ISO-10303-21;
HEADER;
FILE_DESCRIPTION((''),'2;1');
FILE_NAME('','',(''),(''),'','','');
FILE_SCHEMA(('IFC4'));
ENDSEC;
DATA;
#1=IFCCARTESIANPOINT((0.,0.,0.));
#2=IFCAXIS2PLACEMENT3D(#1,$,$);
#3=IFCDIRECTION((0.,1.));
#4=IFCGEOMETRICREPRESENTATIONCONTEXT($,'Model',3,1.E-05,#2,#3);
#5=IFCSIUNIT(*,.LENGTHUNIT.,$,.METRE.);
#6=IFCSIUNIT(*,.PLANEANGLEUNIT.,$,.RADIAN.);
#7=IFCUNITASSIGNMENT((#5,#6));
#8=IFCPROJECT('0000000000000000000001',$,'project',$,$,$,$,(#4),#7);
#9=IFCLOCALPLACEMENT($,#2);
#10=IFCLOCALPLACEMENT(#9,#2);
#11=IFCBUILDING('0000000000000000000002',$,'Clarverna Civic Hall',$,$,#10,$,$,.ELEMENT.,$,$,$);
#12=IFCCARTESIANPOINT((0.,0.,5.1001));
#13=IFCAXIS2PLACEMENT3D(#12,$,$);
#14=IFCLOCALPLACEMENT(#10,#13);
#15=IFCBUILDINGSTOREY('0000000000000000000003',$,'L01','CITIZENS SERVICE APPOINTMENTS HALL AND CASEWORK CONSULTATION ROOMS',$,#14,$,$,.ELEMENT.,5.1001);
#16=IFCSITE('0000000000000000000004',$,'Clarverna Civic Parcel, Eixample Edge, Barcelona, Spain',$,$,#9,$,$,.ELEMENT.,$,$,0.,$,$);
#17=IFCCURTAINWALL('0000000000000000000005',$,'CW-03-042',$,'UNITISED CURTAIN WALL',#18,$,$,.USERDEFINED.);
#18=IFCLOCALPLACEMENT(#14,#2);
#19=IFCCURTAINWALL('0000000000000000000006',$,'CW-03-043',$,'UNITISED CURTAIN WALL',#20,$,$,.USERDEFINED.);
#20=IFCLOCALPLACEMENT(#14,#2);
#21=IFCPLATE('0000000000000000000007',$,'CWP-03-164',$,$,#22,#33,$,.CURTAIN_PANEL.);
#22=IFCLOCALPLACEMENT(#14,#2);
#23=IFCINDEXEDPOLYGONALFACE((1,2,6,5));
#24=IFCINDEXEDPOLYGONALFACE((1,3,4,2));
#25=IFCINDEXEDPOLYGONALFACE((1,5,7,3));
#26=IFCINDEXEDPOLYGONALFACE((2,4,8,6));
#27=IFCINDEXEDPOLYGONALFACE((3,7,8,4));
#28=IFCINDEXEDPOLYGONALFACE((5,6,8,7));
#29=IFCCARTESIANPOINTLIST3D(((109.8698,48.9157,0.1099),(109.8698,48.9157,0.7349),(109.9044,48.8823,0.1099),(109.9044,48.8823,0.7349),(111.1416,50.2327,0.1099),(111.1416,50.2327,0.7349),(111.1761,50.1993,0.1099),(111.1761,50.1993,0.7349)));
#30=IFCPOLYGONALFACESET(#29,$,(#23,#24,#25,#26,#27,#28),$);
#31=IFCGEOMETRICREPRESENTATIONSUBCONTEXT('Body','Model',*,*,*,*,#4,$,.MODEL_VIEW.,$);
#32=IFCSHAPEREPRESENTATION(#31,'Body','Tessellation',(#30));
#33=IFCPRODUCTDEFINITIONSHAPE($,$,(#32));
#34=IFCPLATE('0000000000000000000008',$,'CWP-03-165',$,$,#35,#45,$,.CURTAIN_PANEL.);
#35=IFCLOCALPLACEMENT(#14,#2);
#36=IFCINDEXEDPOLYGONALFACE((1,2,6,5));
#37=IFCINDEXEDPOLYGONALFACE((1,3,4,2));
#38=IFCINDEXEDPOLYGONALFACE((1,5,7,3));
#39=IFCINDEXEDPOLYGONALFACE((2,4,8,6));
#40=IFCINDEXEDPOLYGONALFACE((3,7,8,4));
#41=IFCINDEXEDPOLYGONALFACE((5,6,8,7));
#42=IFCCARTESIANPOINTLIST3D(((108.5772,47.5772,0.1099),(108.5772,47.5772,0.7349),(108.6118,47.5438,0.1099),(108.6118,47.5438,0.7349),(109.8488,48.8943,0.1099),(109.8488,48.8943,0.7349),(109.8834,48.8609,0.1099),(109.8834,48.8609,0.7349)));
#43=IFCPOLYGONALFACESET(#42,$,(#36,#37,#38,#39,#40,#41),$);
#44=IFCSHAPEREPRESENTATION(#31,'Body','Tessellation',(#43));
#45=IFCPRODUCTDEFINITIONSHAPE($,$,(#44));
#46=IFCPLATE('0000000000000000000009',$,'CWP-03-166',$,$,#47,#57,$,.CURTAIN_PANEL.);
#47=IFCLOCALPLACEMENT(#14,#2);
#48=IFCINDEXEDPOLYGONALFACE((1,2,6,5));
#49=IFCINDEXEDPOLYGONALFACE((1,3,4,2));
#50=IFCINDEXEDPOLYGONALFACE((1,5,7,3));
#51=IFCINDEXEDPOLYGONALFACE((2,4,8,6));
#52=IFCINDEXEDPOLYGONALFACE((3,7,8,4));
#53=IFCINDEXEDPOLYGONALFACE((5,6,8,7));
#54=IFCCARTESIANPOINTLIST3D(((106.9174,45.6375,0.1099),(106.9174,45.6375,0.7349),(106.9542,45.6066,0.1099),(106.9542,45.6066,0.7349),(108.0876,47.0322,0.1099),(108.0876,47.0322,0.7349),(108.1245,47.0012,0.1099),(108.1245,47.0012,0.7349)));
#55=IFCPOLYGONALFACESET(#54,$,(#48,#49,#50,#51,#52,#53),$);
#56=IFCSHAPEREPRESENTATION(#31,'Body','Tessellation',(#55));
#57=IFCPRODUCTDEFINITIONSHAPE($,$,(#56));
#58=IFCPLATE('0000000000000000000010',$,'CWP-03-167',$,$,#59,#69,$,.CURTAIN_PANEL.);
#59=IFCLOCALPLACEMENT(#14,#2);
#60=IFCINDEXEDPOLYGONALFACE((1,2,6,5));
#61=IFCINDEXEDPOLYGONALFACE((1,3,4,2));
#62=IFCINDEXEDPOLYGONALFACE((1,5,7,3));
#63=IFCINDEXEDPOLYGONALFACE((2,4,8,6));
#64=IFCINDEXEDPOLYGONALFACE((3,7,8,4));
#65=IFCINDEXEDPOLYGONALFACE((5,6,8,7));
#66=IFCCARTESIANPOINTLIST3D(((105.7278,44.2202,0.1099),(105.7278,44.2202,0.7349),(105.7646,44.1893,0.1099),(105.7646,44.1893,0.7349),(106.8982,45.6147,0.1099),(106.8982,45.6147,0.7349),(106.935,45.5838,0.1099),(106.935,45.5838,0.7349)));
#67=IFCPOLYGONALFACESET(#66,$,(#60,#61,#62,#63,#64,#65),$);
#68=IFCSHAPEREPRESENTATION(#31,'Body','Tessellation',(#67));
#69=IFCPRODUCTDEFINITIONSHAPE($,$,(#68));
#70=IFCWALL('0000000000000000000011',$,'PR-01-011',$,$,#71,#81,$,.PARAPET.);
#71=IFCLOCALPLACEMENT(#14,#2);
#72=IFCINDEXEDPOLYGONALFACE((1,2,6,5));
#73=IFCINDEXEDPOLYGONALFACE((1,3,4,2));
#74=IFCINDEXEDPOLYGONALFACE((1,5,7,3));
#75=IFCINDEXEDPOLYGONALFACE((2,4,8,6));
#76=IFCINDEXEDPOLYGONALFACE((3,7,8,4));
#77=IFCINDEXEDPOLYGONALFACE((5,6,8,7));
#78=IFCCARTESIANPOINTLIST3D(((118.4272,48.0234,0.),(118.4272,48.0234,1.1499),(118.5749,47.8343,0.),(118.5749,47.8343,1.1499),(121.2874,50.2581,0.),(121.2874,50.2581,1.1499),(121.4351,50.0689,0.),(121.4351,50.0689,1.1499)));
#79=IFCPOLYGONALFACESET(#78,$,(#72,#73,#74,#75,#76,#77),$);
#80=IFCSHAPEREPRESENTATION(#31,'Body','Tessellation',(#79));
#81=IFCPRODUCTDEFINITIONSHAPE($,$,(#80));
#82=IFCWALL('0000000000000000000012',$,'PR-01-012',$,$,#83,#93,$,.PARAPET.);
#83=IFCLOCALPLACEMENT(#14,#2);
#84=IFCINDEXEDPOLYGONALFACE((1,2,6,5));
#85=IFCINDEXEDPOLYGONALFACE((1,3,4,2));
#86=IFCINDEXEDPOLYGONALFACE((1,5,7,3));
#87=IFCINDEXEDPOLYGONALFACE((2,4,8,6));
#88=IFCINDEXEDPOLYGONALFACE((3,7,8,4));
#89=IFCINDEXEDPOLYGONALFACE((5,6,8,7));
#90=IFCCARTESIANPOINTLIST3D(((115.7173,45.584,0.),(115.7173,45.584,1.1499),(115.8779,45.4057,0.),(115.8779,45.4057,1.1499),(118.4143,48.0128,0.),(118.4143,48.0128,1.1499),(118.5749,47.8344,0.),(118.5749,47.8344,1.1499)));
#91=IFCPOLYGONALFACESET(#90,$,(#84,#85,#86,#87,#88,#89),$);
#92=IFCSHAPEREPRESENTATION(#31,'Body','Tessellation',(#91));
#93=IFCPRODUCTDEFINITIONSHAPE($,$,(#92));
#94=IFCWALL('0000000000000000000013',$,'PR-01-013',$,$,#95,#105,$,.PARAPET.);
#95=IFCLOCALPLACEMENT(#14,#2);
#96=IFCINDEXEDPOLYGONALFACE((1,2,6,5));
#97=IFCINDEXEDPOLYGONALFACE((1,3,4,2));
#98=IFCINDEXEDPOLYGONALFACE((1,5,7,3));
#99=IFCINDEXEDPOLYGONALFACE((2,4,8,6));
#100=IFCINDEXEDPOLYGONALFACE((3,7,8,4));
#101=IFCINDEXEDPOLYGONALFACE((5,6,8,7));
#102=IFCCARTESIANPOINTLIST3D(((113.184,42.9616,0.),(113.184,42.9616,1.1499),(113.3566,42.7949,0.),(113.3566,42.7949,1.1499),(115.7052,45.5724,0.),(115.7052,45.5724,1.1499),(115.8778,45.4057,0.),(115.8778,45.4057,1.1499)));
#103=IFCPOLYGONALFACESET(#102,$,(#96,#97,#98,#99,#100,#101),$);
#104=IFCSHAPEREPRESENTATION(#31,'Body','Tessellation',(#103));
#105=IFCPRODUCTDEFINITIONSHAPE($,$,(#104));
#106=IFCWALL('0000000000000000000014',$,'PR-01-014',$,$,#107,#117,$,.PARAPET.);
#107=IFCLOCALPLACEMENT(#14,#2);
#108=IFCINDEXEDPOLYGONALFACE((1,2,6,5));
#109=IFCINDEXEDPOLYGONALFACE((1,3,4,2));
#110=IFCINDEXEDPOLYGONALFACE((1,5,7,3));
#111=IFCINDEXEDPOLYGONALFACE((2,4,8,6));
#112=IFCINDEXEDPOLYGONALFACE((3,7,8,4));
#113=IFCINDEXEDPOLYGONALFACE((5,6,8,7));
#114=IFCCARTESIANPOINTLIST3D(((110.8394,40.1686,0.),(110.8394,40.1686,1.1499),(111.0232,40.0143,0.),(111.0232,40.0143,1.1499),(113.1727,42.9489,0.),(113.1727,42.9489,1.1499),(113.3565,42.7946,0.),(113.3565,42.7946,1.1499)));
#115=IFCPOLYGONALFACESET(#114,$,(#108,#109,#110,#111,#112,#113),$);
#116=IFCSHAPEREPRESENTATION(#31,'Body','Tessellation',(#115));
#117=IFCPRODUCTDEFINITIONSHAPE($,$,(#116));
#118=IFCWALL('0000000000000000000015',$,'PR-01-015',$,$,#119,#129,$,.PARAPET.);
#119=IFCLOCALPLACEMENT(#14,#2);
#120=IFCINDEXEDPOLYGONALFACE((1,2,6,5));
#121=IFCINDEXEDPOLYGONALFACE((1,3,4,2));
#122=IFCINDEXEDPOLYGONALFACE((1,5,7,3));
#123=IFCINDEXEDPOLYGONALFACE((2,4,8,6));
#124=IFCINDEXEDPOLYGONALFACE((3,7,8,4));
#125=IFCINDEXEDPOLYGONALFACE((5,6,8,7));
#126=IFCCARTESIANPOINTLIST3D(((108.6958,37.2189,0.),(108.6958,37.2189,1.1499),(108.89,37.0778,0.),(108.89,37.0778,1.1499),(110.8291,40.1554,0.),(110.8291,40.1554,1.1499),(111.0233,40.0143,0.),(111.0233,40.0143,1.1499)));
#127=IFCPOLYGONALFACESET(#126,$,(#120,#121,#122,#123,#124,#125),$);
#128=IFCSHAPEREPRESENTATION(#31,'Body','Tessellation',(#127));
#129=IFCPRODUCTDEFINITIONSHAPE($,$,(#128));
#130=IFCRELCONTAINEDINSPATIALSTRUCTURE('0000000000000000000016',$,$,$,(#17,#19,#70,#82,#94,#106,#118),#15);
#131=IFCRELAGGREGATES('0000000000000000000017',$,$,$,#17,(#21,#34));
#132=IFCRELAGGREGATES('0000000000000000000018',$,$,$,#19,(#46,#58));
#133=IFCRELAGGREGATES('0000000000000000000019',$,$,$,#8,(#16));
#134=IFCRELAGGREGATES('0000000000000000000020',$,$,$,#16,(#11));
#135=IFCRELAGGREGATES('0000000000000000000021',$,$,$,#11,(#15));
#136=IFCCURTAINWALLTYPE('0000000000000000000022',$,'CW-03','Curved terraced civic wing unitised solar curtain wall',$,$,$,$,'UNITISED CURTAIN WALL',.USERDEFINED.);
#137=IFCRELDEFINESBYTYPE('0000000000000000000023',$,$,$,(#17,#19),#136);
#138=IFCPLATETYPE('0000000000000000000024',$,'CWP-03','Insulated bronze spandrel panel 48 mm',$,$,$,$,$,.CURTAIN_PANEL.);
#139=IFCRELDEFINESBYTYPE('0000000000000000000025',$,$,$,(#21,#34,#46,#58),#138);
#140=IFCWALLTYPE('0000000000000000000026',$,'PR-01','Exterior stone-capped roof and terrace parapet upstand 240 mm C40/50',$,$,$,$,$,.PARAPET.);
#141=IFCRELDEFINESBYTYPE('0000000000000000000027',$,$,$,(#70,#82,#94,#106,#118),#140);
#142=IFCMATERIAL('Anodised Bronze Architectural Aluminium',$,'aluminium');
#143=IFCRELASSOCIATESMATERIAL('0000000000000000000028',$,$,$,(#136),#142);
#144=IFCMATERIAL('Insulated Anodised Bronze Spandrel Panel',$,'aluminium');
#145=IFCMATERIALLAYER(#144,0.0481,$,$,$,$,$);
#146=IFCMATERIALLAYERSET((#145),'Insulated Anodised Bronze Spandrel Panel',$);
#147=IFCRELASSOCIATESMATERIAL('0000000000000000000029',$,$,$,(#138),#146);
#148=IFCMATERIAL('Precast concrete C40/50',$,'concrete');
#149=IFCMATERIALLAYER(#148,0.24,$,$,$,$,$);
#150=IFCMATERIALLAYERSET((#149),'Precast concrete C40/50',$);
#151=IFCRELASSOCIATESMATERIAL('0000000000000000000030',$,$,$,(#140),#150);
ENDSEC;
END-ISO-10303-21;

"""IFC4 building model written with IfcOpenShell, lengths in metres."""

from ifc_helpers import new_model, si_unit, direction, frame, frame_2d, origin, place, context, subcontext, project, spatial, rectangle, extrude, material, layer, layer_set, type_object, element, aggregate, save


model = new_model("IFC4")

# Units and contexts
model_context = context("Model", 3, precision=1e-05, world=origin(), true_north=direction((0.0, 1.0)))
body_context = subcontext(model_context, "Body", "Model", "MODEL_VIEW")
ifc_project = project(units=[si_unit("LENGTHUNIT", "METRE"), si_unit("PLANEANGLEUNIT", "RADIAN")], contexts=[model_context])

# Site, building, storey
site_placement = place(None, origin())
site = spatial("IfcSite", under=ifc_project, at=site_placement, Name="Clarverna Civic Parcel, Eixample Edge, Barcelona, Spain", CompositionType="ELEMENT", RefElevation=0.0)
building_placement = place(site_placement, origin())
building = spatial("IfcBuilding", under=site, at=building_placement, Name="Clarverna Civic Hall", CompositionType="ELEMENT")
storey_placement = place(building_placement, frame((0.0, 0.0, 5.1001)))
storey = spatial("IfcBuildingStorey", under=building, at=storey_placement, Name="L01", Description="CITIZENS SERVICE APPOINTMENTS HALL AND CASEWORK CONSULTATION ROOMS", CompositionType="ELEMENT", Elevation=5.1001)

# Shared definitions
ifc_material_1 = material(Name="Anodised Bronze Architectural Aluminium", Category="aluminium")
curtain_wall_type = type_object("IfcCurtainWallType", Name="CW-03", Description="Curved terraced civic wing unitised solar curtain wall", ElementType="UNITISED CURTAIN WALL", PredefinedType="USERDEFINED", material=ifc_material_1)

# Curtain walls
curtain_wall_1_placement = place(storey_placement, origin())
curtain_wall_1 = element("IfcCurtainWall", 1, at=curtain_wall_1_placement, inside=storey, type_object=curtain_wall_type, Name="CW-03-042", ObjectType="UNITISED CURTAIN WALL", PredefinedType="USERDEFINED")
curtain_wall_2_placement = place(storey_placement, origin())
curtain_wall_2 = element("IfcCurtainWall", 2, at=curtain_wall_2_placement, inside=storey, type_object=curtain_wall_type, Name="CW-03-043", ObjectType="UNITISED CURTAIN WALL", PredefinedType="USERDEFINED")

# Plates
ifc_material_2 = material(Name="Insulated Anodised Bronze Spandrel Panel", Category="aluminium")
ifc_layer_1 = layer(ifc_material_2, 0.0481)
ifc_layer_set_1 = layer_set([ifc_layer_1], Name="Insulated Anodised Bronze Spandrel Panel")
plate_type_1 = type_object("IfcPlateType", Name="CWP-03", Description="Insulated bronze spandrel panel 48 mm", PredefinedType="CURTAIN_PANEL", material=ifc_layer_set_1)
plate_1_placement = place(storey_placement, frame((111.1589, 50.2161, 0.1099), z_axis=(0.0, 0.0, 1.0), x_axis=(-0.694664, -0.719335, 0.0)))
plate_1 = element("IfcPlate", 3, at=plate_1_placement, type_object=plate_type_1, Name="CWP-03-164", PredefinedType="CURTAIN_PANEL", context=body_context, shape_type="SweptSolid", body=[
    extrude(rectangle(XDim=1.8308, YDim=0.0481, at=frame_2d((0.9155, 0.0))), origin(), (0.0, 0.0, 1.0), 0.625),
])
plate_2_placement = place(storey_placement, frame((109.8662, 48.8777, 0.1099), z_axis=(0.0, 0.0, 1.0), x_axis=(-0.694597, -0.719399, 0.0)))
plate_2 = element("IfcPlate", 4, at=plate_2_placement, type_object=plate_type_1, Name="CWP-03-165", PredefinedType="CURTAIN_PANEL", context=body_context, shape_type="SweptSolid", body=[
    extrude(rectangle(XDim=1.8308, YDim=0.0481, at=frame_2d((0.9155, 0.0))), origin(), (0.0, 0.0, 1.0), 0.625),
])
aggregate(curtain_wall_1, [plate_1, plate_2])
plate_3_placement = place(storey_placement, frame((108.106, 47.0166, 0.1099), z_axis=(0.0, 0.0, 1.0), x_axis=(-0.642793, -0.76604, 0.0)))
plate_3 = element("IfcPlate", 5, at=plate_3_placement, type_object=plate_type_1, Name="CWP-03-166", PredefinedType="CURTAIN_PANEL", context=body_context, shape_type="SweptSolid", body=[
    extrude(rectangle(XDim=1.8206, YDim=0.0481, at=frame_2d((0.9102, 0.0))), origin(), (0.0, 0.0, 1.0), 0.625),
])
plate_4_placement = place(storey_placement, frame((106.9165, 45.5991, 0.1099), z_axis=(0.0, 0.0, 1.0), x_axis=(-0.642871, -0.765974, 0.0)))
plate_4 = element("IfcPlate", 6, at=plate_4_placement, type_object=plate_type_1, Name="CWP-03-167", PredefinedType="CURTAIN_PANEL", context=body_context, shape_type="SweptSolid", body=[
    extrude(rectangle(XDim=1.8206, YDim=0.0481, at=frame_2d((0.9102, 0.0))), origin(), (0.0, 0.0, 1.0), 0.625),
])
aggregate(curtain_wall_2, [plate_3, plate_4])

# Walls
ifc_material_3 = material(Name="Precast concrete C40/50", Category="concrete")
ifc_layer_2 = layer(ifc_material_3, 0.24)
ifc_layer_set_2 = layer_set([ifc_layer_2], Name="Precast concrete C40/50")
wall_type = type_object("IfcWallType", Name="PR-01", Description="Exterior stone-capped roof and terrace parapet upstand 240 mm C40/50", PredefinedType="PARAPET", material=ifc_layer_set_2)
wall_placement = place(storey_placement, frame((121.3613, 50.1636, 0.0), z_axis=(0.0, 0.0, 1.0), x_axis=(-0.788003, -0.615671, 0.0)))
element("IfcWall", 7, at=wall_placement, inside=storey, type_object=wall_type, Name="PR-01-011", PredefinedType="PARAPET", context=body_context, shape_type="SweptSolid", body=[
    extrude(rectangle(XDim=3.6296, YDim=0.24, at=frame_2d((1.8149, 0.0))), origin(), (0.0, 0.0, 1.0), 1.1499),
])
for number, where, z_axis, x_axis, name in (
    (8, (118.4946, 47.9236, 0.0), (0.0, 0.0, 1.0), (-0.743103, -0.669177, 0.0), "PR-01-012"),
    (9, (115.7915, 45.489, 0.0), (0.0, 0.0, 1.0), (-0.694656, -0.719342, 0.0), "PR-01-013"),
):
    element("IfcWall", number, at=place(storey_placement, frame(where, z_axis=z_axis, x_axis=x_axis)), inside=storey, type_object=wall_type, Name=name, PredefinedType="PARAPET", context=body_context, shape_type="SweptSolid", body=[
        extrude(rectangle(XDim=3.6294, YDim=0.24, at=frame_2d((1.8147, 0.0))), origin(), (0.0, 0.0, 1.0), 1.1499),
    ])
for number, where, z_axis, x_axis, name in (
    (10, (113.2646, 42.8718, 0.0), (0.0, 0.0, 1.0), (-0.64284, -0.766, 0.0), "PR-01-014"),
    (11, (110.9263, 40.085, 0.0), (0.0, 0.0, 1.0), (-0.587748, -0.809044, 0.0), "PR-01-015"),
):
    element("IfcWall", number, at=place(storey_placement, frame(where, z_axis=z_axis, x_axis=x_axis)), inside=storey, type_object=wall_type, Name=name, PredefinedType="PARAPET", context=body_context, shape_type="SweptSolid", body=[
        extrude(rectangle(XDim=3.6296, YDim=0.24, at=frame_2d((1.8149, 0.0))), origin(), (0.0, 0.0, 1.0), 1.1499),
    ])

save(model, "model.ifc")
